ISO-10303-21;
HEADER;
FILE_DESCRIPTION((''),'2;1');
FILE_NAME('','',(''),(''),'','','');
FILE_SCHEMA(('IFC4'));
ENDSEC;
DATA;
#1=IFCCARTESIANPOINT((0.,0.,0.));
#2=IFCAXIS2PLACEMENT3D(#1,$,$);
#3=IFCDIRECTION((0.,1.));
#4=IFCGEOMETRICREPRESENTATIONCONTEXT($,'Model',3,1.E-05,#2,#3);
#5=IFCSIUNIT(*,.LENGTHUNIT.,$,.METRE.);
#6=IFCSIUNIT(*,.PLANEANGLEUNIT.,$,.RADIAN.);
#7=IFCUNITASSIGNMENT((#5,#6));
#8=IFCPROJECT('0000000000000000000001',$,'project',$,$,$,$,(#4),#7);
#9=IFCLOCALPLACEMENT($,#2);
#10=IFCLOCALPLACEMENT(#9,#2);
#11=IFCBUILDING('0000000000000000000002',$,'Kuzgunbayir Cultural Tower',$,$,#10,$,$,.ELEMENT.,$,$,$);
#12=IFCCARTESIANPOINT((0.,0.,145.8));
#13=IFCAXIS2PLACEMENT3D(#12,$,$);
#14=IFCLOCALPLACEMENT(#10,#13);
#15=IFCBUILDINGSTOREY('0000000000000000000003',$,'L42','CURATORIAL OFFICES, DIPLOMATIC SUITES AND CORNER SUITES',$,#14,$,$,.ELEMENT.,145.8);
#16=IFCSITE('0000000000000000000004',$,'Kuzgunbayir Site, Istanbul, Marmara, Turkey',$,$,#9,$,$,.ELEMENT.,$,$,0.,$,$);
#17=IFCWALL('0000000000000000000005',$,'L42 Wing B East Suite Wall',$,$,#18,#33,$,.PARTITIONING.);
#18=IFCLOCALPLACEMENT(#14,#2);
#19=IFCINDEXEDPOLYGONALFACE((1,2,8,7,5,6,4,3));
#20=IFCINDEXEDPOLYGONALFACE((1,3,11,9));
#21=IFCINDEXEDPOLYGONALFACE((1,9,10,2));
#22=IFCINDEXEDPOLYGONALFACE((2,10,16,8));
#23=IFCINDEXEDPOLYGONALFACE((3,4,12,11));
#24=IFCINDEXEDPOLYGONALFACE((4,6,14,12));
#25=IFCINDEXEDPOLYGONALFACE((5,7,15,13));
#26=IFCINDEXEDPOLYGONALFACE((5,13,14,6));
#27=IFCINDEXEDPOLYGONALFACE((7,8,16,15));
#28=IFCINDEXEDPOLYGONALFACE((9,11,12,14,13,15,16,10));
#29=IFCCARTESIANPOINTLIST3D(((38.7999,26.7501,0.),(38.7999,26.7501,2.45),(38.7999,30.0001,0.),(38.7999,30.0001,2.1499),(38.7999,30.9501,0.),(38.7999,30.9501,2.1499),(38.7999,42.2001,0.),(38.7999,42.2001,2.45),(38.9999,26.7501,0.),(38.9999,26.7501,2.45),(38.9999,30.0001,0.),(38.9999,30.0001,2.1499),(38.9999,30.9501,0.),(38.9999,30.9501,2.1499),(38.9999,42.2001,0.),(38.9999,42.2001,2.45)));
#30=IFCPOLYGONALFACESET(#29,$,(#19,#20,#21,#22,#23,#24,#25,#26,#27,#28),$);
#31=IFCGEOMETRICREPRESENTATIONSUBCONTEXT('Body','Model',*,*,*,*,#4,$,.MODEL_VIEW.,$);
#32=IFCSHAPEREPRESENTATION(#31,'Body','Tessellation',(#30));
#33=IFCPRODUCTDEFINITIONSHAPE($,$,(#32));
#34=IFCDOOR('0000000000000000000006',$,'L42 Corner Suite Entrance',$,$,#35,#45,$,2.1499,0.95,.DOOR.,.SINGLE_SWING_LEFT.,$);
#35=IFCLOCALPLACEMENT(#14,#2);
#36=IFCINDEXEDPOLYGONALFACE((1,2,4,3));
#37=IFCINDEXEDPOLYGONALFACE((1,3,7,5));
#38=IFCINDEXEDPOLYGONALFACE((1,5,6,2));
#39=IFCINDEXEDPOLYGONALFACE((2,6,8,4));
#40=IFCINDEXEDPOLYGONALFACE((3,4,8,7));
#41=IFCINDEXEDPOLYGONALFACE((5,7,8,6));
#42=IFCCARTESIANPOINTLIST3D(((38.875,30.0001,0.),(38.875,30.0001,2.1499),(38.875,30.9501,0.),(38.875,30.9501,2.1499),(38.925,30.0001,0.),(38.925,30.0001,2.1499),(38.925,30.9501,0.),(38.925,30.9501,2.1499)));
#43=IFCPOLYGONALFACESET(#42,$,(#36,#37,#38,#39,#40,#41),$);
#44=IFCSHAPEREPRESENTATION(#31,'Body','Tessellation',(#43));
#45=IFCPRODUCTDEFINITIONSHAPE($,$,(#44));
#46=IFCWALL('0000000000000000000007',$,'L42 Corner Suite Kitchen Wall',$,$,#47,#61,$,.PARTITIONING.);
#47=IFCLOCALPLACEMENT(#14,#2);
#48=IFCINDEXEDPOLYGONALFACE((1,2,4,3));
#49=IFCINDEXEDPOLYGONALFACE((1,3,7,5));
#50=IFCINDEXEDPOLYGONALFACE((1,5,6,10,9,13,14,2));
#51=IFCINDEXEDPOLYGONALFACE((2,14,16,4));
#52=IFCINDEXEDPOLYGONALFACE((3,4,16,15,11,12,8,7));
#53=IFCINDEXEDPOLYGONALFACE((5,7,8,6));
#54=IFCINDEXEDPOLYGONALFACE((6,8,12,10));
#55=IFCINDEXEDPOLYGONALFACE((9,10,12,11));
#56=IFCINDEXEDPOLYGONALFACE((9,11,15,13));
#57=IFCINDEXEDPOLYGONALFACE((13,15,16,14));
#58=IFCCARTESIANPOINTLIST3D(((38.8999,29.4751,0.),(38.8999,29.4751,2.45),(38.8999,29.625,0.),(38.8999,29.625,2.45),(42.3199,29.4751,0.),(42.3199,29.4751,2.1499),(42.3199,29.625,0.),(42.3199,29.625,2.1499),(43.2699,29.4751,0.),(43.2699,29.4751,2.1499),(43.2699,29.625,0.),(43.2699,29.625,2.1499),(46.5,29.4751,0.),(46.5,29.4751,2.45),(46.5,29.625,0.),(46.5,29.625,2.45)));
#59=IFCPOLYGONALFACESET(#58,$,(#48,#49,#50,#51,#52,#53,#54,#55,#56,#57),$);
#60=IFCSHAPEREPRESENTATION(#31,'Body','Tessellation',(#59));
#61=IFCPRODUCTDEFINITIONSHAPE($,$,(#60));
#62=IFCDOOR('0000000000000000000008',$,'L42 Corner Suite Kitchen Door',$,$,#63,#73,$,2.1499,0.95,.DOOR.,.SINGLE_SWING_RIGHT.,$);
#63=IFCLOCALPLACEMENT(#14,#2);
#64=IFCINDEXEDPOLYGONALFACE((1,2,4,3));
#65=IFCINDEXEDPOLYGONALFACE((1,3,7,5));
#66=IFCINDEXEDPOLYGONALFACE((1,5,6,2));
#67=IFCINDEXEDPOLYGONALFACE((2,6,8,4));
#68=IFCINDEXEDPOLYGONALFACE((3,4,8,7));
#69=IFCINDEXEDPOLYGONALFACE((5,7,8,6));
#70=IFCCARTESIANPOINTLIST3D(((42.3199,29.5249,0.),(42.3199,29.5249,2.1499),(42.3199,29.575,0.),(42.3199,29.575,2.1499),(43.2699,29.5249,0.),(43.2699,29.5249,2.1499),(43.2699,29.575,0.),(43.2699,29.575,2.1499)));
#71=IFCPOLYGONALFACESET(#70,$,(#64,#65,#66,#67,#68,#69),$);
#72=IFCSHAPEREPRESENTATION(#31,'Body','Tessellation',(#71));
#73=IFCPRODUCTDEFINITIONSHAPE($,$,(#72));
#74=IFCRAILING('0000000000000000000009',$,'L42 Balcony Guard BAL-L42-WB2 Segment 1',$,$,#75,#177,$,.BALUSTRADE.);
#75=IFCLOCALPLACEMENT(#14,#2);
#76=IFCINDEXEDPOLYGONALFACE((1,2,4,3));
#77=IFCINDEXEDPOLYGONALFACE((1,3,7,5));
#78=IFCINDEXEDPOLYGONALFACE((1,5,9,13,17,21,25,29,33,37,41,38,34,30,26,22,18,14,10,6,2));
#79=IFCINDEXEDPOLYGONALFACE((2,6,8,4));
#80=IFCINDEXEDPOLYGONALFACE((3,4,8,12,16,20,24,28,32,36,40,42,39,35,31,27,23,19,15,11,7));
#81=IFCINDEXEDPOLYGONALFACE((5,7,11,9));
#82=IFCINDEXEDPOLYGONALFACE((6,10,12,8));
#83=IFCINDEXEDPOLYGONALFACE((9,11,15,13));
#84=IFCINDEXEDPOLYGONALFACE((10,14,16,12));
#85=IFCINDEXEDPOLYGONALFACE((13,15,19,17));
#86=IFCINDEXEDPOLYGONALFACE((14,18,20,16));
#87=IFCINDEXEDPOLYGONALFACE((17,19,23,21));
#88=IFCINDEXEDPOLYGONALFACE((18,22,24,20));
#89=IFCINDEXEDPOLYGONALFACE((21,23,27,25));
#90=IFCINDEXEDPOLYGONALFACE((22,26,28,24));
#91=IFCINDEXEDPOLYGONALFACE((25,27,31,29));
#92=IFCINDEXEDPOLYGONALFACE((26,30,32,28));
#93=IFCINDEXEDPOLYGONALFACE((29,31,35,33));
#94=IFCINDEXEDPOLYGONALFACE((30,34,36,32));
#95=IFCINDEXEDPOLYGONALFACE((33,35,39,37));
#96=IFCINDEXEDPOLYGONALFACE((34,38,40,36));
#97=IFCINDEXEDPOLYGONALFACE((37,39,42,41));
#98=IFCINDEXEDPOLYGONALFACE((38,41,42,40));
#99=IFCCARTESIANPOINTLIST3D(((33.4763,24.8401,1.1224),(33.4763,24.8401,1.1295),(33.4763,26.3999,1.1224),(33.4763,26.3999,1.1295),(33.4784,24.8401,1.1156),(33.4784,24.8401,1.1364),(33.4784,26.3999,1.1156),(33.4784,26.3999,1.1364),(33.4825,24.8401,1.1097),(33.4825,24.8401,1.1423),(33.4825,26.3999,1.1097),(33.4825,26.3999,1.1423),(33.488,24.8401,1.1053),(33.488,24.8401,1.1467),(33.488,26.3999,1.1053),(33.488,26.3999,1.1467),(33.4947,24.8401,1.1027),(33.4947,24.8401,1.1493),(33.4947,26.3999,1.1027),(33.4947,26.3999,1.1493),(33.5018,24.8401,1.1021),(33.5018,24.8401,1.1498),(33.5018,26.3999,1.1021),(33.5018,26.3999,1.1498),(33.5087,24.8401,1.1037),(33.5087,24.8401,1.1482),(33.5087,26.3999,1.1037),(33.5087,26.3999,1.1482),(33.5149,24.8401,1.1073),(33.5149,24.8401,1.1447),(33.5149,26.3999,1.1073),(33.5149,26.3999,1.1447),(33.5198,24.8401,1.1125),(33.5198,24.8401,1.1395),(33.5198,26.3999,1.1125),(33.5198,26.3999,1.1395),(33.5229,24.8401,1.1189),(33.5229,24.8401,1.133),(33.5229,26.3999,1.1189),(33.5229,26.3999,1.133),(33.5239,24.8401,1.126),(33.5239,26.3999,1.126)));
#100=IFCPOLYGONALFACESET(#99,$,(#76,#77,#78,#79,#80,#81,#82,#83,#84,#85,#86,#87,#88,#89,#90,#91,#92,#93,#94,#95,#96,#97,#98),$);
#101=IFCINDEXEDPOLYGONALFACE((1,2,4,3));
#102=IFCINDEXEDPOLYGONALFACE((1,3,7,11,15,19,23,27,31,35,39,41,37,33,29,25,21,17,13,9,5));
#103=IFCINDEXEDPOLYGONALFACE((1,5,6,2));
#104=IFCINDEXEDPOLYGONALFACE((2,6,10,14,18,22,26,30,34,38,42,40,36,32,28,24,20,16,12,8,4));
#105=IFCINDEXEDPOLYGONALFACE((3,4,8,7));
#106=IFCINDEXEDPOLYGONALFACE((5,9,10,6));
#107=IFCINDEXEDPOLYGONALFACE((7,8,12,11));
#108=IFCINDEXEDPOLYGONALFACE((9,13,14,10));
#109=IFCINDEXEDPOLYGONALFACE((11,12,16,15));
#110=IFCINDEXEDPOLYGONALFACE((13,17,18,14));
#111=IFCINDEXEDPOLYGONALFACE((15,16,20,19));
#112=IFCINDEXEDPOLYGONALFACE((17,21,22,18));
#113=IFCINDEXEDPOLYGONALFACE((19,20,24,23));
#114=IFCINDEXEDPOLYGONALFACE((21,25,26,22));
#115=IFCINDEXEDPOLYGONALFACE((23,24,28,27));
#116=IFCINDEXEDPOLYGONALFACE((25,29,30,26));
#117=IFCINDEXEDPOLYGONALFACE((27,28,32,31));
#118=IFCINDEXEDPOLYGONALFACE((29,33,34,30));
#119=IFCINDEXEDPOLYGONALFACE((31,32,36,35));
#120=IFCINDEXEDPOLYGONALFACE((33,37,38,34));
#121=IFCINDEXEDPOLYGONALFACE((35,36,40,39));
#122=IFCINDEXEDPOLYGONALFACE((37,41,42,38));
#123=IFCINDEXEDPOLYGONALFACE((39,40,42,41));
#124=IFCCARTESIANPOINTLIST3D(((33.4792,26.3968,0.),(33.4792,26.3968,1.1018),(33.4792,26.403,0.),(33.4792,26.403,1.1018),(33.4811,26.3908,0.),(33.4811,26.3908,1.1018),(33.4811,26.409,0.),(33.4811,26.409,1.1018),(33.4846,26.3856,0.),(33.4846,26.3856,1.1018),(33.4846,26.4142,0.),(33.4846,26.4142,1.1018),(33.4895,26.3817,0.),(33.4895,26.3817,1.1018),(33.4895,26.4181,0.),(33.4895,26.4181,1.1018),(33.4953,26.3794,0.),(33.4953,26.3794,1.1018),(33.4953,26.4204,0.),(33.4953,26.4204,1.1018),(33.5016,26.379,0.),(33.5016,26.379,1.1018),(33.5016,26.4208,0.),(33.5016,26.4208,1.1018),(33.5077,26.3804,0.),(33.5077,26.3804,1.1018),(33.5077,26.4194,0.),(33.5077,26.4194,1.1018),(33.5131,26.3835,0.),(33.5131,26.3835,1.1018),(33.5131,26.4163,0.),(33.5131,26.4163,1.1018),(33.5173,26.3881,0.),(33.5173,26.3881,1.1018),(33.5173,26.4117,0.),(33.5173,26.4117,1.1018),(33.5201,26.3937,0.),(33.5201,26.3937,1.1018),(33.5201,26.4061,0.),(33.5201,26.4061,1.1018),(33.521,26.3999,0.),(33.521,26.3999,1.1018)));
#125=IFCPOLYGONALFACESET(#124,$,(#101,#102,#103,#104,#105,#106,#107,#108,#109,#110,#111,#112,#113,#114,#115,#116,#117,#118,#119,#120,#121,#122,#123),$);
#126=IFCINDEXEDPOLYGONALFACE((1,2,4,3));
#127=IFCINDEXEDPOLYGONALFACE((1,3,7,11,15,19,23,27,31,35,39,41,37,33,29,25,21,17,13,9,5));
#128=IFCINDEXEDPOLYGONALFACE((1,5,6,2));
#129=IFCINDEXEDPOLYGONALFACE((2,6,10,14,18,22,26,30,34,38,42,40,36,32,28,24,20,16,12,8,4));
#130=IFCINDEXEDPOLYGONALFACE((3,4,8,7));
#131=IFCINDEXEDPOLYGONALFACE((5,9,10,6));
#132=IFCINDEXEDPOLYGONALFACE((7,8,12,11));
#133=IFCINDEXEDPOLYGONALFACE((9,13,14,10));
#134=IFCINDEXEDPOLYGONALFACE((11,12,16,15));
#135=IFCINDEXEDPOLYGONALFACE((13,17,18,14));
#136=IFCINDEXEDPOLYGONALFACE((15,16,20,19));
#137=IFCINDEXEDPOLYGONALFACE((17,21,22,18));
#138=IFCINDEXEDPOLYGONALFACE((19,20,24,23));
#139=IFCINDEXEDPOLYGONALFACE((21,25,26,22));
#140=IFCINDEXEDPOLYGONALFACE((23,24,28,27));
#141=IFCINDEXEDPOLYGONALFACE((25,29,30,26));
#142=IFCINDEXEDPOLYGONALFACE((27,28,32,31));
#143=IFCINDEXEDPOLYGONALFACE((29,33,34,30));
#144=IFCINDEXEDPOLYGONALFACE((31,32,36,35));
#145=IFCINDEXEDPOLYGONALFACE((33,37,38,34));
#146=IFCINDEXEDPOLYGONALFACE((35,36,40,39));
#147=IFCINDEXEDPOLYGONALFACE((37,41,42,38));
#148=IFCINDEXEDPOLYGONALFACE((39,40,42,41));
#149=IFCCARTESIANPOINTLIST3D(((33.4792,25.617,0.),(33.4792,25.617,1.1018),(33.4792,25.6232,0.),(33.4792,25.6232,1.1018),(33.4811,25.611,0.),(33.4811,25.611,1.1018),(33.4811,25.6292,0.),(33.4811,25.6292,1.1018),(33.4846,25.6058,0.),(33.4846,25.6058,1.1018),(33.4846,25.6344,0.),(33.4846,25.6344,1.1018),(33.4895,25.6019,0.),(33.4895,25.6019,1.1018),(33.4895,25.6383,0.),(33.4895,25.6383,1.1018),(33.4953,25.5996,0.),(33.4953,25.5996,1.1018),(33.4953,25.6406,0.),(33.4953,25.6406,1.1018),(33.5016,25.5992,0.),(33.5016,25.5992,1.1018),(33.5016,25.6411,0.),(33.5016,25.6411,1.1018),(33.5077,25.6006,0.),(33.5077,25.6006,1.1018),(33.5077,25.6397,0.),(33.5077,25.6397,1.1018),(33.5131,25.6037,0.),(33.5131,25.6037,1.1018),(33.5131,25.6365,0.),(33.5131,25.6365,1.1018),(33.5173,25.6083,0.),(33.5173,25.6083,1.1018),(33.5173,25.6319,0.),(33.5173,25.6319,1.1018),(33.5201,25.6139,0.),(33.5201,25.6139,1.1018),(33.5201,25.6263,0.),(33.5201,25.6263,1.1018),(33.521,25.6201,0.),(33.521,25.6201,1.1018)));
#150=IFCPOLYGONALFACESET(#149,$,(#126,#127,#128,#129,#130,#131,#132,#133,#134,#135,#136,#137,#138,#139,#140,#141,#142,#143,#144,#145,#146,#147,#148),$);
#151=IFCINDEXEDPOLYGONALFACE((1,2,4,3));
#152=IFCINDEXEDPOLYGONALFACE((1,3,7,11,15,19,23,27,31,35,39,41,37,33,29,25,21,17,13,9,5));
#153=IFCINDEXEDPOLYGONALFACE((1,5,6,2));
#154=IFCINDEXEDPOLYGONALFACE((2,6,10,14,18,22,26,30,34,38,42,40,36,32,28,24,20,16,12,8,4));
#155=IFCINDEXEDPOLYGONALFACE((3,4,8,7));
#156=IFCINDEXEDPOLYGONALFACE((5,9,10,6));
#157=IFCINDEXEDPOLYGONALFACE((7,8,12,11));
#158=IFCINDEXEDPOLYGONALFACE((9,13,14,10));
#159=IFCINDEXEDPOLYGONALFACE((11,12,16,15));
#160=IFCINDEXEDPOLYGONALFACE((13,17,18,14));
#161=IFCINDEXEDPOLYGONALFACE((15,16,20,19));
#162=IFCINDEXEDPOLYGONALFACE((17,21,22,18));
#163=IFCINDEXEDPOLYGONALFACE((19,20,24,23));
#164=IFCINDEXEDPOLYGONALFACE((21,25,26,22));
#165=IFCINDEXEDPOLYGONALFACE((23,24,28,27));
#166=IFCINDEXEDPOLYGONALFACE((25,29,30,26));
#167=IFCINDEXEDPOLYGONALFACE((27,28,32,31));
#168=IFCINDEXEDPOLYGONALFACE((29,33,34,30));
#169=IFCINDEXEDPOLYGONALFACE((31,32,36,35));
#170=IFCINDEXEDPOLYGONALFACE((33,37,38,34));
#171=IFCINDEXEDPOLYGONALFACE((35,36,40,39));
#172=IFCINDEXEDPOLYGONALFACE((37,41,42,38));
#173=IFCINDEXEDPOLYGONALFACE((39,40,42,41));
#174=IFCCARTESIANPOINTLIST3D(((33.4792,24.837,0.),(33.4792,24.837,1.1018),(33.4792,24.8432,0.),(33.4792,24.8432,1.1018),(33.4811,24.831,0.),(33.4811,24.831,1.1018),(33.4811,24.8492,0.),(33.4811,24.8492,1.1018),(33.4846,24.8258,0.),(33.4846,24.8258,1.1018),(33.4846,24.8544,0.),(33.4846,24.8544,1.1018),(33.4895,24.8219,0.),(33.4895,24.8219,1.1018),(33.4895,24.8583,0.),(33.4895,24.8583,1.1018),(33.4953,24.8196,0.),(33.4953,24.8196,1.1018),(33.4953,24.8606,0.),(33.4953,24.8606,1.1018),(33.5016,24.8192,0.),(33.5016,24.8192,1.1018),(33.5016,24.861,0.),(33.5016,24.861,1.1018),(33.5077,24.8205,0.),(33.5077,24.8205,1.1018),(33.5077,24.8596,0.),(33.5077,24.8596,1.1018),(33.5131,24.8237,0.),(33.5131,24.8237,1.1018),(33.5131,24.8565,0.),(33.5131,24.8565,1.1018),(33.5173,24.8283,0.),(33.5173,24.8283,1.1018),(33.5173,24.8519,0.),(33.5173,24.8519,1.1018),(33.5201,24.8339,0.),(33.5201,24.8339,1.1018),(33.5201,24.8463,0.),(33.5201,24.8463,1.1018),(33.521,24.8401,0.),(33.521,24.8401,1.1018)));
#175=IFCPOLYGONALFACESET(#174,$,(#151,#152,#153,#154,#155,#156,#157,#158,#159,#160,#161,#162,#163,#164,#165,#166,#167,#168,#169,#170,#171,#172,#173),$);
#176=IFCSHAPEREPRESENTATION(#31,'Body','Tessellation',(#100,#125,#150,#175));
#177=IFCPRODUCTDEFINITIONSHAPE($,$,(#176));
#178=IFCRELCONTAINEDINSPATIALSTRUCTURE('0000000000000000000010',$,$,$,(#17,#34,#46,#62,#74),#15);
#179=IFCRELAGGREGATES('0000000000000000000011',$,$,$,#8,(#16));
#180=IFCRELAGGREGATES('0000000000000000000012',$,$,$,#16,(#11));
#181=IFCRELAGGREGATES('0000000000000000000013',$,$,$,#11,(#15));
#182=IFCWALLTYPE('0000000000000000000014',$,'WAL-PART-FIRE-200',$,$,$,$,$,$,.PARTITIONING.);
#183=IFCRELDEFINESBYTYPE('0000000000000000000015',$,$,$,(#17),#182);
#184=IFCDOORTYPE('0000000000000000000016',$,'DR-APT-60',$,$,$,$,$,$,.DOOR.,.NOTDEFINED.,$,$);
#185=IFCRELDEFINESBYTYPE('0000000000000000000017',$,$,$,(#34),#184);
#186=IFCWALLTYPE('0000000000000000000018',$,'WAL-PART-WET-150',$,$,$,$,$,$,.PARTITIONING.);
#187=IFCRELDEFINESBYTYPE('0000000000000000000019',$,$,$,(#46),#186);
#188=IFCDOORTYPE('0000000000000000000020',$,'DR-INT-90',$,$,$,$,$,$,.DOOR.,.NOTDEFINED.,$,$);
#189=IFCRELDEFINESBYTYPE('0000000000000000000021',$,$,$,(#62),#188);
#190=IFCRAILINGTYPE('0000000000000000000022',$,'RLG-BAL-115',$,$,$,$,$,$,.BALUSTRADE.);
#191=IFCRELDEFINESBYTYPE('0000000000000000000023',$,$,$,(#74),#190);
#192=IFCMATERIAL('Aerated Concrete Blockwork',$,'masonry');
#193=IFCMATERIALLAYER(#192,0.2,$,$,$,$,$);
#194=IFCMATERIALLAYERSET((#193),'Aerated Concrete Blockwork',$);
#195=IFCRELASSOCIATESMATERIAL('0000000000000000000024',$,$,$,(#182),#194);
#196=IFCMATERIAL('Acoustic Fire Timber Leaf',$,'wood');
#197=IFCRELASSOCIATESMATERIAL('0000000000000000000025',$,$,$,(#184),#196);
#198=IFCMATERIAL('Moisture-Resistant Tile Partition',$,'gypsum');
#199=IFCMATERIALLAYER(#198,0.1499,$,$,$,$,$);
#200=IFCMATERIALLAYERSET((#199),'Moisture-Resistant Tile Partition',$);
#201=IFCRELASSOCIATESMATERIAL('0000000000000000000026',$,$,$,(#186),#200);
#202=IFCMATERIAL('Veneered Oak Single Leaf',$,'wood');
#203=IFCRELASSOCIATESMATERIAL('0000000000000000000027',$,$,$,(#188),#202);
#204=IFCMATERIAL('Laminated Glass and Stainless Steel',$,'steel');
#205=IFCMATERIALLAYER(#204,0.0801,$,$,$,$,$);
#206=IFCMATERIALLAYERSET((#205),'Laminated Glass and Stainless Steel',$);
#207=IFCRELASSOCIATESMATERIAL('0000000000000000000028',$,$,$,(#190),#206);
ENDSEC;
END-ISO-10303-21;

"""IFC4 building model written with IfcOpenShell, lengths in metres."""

from ifc_helpers import new_model, si_unit, direction, frame, frame_2d, origin, origin_2d, place, context, subcontext, project, spatial, rectangle, circle, extrude, material, layer, layer_set, type_object, element, fill, save


model = new_model("IFC4")

# Units and contexts
model_context = context("Model", 3, precision=1e-05, world=origin(), true_north=direction((0.0, 1.0)))
body_context = subcontext(model_context, "Body", "Model", "MODEL_VIEW")
ifc_project = project(units=[si_unit("LENGTHUNIT", "METRE"), si_unit("PLANEANGLEUNIT", "RADIAN")], contexts=[model_context])

# Site, building, storey
site_placement = place(None, origin())
site = spatial("IfcSite", under=ifc_project, at=site_placement, Name="Kuzgunbayir Site, Istanbul, Marmara, Turkey", CompositionType="ELEMENT", RefElevation=0.0)
building_placement = place(site_placement, origin())
building = spatial("IfcBuilding", under=site, at=building_placement, Name="Kuzgunbayir Cultural Tower", CompositionType="ELEMENT")
storey_placement = place(building_placement, frame((0.0, 0.0, 145.8)))
storey = spatial("IfcBuildingStorey", under=building, at=storey_placement, Name="L42", Description="CURATORIAL OFFICES, DIPLOMATIC SUITES AND CORNER SUITES", CompositionType="ELEMENT", Elevation=145.8)

# Walls, openings, doors
ifc_material_1 = material(Name="Aerated Concrete Blockwork", Category="masonry")
ifc_layer_1 = layer(ifc_material_1, 0.2)
ifc_layer_set_1 = layer_set([ifc_layer_1], Name="Aerated Concrete Blockwork")
wall_type_1 = type_object("IfcWallType", Name="WAL-PART-FIRE-200", PredefinedType="PARTITIONING", material=ifc_layer_set_1)
wall_1_placement = place(storey_placement, frame((38.8999, 26.75, 0.0), z_axis=(0.0, 0.0, 1.0), x_axis=(0.0, 1.0, 0.0)))
wall_1 = element("IfcWall", 1, at=wall_1_placement, inside=storey, type_object=wall_type_1, Name="L42 Wing B East Suite Wall", PredefinedType="PARTITIONING", context=body_context, shape_type="SweptSolid", body=[
    extrude(rectangle(XDim=15.45, YDim=0.2, at=frame_2d((7.7251, 0.0))), origin(), (0.0, 0.0, 1.0), 2.45),
])
opening_1_placement = place(wall_1_placement, frame((3.25, 0.0, 0.0)))
opening_1 = element("IfcOpeningElement", 2, at=opening_1_placement, cuts=wall_1, PredefinedType="OPENING", context=body_context, shape_type="SweptSolid", body=[
    extrude(rectangle(XDim=0.95, YDim=2.1499, at=frame_2d((0.4751, 1.075))), frame((0.0, 0.1099, 0.0), z_axis=(0.0, -1.0, 0.0), x_axis=(1.0, 0.0, 0.0)), (0.0, 0.0, 1.0), 0.22),
])
ifc_material_2 = material(Name="Acoustic Fire Timber Leaf", Category="wood")
door_type_1 = type_object("IfcDoorType", Name="DR-APT-60", OperationType="NOTDEFINED", PredefinedType="DOOR", material=ifc_material_2)
door_1_placement = place(opening_1_placement, origin())
door_1 = element("IfcDoor", 3, at=door_1_placement, inside=storey, type_object=door_type_1, Name="L42 Corner Suite Entrance", OperationType="SINGLE_SWING_LEFT", OverallHeight=2.1499, OverallWidth=0.95, PredefinedType="DOOR", context=body_context, shape_type="SweptSolid", body=[
    extrude(rectangle(XDim=0.95, YDim=2.1499, at=frame_2d((0.4751, 1.075))), frame((0.0, 0.0249, 0.0), z_axis=(0.0, -1.0, 0.0), x_axis=(1.0, 0.0, 0.0)), (0.0, 0.0, 1.0), 0.05),
])
fill(opening_1, door_1)
ifc_material_3 = material(Name="Moisture-Resistant Tile Partition", Category="gypsum")
ifc_layer_2 = layer(ifc_material_3, 0.1499)
ifc_layer_set_2 = layer_set([ifc_layer_2], Name="Moisture-Resistant Tile Partition")
wall_type_2 = type_object("IfcWallType", Name="WAL-PART-WET-150", PredefinedType="PARTITIONING", material=ifc_layer_set_2)
wall_2_placement = place(storey_placement, frame((38.8999, 29.55, 0.0), z_axis=(0.0, 0.0, 1.0), x_axis=(1.0, 0.0, 0.0)))
wall_2 = element("IfcWall", 4, at=wall_2_placement, inside=storey, type_object=wall_type_2, Name="L42 Corner Suite Kitchen Wall", PredefinedType="PARTITIONING", context=body_context, shape_type="SweptSolid", body=[
    extrude(rectangle(XDim=7.6001, YDim=0.1499, at=frame_2d((3.8, 0.0))), origin(), (0.0, 0.0, 1.0), 2.45),
])
opening_2_placement = place(wall_2_placement, frame((3.4199, 0.0, 0.0)))
opening_2 = element("IfcOpeningElement", 5, at=opening_2_placement, cuts=wall_2, PredefinedType="OPENING", context=body_context, shape_type="SweptSolid", body=[
    extrude(rectangle(XDim=0.95, YDim=2.1499, at=frame_2d((0.4751, 1.075))), frame((0.0, 0.085, 0.0), z_axis=(0.0, -1.0, 0.0), x_axis=(1.0, 0.0, 0.0)), (0.0, 0.0, 1.0), 0.1699),
])
ifc_material_4 = material(Name="Veneered Oak Single Leaf", Category="wood")
door_type_2 = type_object("IfcDoorType", Name="DR-INT-90", OperationType="NOTDEFINED", PredefinedType="DOOR", material=ifc_material_4)
door_2_placement = place(opening_2_placement, origin())
door_2 = element("IfcDoor", 6, at=door_2_placement, inside=storey, type_object=door_type_2, Name="L42 Corner Suite Kitchen Door", OperationType="SINGLE_SWING_RIGHT", OverallHeight=2.1499, OverallWidth=0.95, PredefinedType="DOOR", context=body_context, shape_type="SweptSolid", body=[
    extrude(rectangle(XDim=0.95, YDim=2.1499, at=frame_2d((0.4751, 1.075))), frame((0.0, 0.0249, 0.0), z_axis=(0.0, -1.0, 0.0), x_axis=(1.0, 0.0, 0.0)), (0.0, 0.0, 1.0), 0.05),
])
fill(opening_2, door_2)

# Railing
ifc_material_5 = material(Name="Laminated Glass and Stainless Steel", Category="steel")
ifc_layer_3 = layer(ifc_material_5, 0.0801)
ifc_layer_set_3 = layer_set([ifc_layer_3], Name="Laminated Glass and Stainless Steel")
railing_type = type_object("IfcRailingType", Name="RLG-BAL-115", PredefinedType="BALUSTRADE", material=ifc_layer_set_3)
railing_1_placement = place(storey_placement, frame((33.5, 26.3999, 0.0)))
element("IfcRailing", 7, at=railing_1_placement, inside=storey, type_object=railing_type, Name="L42 Balcony Guard BAL-L42-WB2 Segment 1", PredefinedType="BALUSTRADE", context=body_context, shape_type="SweptSolid", body=[
    extrude(circle(Radius=0.0239, at=origin_2d()), frame((0.0, 0.0, 1.126), z_axis=(0.0, -1.0, 0.0), x_axis=(1.0, 0.0, 0.0)), (0.0, 0.0, 1.0), 1.5598),
    extrude(circle(Radius=0.021, at=origin_2d()), origin(), (0.0, 0.0, 1.0), 1.1018),
    extrude(circle(Radius=0.021, at=origin_2d()), frame((0.0, -0.7798, 0.0)), (0.0, 0.0, 1.0), 1.1018),
    extrude(circle(Radius=0.021, at=origin_2d()), frame((0.0, -1.5598, 0.0)), (0.0, 0.0, 1.0), 1.1018),
])

save(model, "model.ifc")
